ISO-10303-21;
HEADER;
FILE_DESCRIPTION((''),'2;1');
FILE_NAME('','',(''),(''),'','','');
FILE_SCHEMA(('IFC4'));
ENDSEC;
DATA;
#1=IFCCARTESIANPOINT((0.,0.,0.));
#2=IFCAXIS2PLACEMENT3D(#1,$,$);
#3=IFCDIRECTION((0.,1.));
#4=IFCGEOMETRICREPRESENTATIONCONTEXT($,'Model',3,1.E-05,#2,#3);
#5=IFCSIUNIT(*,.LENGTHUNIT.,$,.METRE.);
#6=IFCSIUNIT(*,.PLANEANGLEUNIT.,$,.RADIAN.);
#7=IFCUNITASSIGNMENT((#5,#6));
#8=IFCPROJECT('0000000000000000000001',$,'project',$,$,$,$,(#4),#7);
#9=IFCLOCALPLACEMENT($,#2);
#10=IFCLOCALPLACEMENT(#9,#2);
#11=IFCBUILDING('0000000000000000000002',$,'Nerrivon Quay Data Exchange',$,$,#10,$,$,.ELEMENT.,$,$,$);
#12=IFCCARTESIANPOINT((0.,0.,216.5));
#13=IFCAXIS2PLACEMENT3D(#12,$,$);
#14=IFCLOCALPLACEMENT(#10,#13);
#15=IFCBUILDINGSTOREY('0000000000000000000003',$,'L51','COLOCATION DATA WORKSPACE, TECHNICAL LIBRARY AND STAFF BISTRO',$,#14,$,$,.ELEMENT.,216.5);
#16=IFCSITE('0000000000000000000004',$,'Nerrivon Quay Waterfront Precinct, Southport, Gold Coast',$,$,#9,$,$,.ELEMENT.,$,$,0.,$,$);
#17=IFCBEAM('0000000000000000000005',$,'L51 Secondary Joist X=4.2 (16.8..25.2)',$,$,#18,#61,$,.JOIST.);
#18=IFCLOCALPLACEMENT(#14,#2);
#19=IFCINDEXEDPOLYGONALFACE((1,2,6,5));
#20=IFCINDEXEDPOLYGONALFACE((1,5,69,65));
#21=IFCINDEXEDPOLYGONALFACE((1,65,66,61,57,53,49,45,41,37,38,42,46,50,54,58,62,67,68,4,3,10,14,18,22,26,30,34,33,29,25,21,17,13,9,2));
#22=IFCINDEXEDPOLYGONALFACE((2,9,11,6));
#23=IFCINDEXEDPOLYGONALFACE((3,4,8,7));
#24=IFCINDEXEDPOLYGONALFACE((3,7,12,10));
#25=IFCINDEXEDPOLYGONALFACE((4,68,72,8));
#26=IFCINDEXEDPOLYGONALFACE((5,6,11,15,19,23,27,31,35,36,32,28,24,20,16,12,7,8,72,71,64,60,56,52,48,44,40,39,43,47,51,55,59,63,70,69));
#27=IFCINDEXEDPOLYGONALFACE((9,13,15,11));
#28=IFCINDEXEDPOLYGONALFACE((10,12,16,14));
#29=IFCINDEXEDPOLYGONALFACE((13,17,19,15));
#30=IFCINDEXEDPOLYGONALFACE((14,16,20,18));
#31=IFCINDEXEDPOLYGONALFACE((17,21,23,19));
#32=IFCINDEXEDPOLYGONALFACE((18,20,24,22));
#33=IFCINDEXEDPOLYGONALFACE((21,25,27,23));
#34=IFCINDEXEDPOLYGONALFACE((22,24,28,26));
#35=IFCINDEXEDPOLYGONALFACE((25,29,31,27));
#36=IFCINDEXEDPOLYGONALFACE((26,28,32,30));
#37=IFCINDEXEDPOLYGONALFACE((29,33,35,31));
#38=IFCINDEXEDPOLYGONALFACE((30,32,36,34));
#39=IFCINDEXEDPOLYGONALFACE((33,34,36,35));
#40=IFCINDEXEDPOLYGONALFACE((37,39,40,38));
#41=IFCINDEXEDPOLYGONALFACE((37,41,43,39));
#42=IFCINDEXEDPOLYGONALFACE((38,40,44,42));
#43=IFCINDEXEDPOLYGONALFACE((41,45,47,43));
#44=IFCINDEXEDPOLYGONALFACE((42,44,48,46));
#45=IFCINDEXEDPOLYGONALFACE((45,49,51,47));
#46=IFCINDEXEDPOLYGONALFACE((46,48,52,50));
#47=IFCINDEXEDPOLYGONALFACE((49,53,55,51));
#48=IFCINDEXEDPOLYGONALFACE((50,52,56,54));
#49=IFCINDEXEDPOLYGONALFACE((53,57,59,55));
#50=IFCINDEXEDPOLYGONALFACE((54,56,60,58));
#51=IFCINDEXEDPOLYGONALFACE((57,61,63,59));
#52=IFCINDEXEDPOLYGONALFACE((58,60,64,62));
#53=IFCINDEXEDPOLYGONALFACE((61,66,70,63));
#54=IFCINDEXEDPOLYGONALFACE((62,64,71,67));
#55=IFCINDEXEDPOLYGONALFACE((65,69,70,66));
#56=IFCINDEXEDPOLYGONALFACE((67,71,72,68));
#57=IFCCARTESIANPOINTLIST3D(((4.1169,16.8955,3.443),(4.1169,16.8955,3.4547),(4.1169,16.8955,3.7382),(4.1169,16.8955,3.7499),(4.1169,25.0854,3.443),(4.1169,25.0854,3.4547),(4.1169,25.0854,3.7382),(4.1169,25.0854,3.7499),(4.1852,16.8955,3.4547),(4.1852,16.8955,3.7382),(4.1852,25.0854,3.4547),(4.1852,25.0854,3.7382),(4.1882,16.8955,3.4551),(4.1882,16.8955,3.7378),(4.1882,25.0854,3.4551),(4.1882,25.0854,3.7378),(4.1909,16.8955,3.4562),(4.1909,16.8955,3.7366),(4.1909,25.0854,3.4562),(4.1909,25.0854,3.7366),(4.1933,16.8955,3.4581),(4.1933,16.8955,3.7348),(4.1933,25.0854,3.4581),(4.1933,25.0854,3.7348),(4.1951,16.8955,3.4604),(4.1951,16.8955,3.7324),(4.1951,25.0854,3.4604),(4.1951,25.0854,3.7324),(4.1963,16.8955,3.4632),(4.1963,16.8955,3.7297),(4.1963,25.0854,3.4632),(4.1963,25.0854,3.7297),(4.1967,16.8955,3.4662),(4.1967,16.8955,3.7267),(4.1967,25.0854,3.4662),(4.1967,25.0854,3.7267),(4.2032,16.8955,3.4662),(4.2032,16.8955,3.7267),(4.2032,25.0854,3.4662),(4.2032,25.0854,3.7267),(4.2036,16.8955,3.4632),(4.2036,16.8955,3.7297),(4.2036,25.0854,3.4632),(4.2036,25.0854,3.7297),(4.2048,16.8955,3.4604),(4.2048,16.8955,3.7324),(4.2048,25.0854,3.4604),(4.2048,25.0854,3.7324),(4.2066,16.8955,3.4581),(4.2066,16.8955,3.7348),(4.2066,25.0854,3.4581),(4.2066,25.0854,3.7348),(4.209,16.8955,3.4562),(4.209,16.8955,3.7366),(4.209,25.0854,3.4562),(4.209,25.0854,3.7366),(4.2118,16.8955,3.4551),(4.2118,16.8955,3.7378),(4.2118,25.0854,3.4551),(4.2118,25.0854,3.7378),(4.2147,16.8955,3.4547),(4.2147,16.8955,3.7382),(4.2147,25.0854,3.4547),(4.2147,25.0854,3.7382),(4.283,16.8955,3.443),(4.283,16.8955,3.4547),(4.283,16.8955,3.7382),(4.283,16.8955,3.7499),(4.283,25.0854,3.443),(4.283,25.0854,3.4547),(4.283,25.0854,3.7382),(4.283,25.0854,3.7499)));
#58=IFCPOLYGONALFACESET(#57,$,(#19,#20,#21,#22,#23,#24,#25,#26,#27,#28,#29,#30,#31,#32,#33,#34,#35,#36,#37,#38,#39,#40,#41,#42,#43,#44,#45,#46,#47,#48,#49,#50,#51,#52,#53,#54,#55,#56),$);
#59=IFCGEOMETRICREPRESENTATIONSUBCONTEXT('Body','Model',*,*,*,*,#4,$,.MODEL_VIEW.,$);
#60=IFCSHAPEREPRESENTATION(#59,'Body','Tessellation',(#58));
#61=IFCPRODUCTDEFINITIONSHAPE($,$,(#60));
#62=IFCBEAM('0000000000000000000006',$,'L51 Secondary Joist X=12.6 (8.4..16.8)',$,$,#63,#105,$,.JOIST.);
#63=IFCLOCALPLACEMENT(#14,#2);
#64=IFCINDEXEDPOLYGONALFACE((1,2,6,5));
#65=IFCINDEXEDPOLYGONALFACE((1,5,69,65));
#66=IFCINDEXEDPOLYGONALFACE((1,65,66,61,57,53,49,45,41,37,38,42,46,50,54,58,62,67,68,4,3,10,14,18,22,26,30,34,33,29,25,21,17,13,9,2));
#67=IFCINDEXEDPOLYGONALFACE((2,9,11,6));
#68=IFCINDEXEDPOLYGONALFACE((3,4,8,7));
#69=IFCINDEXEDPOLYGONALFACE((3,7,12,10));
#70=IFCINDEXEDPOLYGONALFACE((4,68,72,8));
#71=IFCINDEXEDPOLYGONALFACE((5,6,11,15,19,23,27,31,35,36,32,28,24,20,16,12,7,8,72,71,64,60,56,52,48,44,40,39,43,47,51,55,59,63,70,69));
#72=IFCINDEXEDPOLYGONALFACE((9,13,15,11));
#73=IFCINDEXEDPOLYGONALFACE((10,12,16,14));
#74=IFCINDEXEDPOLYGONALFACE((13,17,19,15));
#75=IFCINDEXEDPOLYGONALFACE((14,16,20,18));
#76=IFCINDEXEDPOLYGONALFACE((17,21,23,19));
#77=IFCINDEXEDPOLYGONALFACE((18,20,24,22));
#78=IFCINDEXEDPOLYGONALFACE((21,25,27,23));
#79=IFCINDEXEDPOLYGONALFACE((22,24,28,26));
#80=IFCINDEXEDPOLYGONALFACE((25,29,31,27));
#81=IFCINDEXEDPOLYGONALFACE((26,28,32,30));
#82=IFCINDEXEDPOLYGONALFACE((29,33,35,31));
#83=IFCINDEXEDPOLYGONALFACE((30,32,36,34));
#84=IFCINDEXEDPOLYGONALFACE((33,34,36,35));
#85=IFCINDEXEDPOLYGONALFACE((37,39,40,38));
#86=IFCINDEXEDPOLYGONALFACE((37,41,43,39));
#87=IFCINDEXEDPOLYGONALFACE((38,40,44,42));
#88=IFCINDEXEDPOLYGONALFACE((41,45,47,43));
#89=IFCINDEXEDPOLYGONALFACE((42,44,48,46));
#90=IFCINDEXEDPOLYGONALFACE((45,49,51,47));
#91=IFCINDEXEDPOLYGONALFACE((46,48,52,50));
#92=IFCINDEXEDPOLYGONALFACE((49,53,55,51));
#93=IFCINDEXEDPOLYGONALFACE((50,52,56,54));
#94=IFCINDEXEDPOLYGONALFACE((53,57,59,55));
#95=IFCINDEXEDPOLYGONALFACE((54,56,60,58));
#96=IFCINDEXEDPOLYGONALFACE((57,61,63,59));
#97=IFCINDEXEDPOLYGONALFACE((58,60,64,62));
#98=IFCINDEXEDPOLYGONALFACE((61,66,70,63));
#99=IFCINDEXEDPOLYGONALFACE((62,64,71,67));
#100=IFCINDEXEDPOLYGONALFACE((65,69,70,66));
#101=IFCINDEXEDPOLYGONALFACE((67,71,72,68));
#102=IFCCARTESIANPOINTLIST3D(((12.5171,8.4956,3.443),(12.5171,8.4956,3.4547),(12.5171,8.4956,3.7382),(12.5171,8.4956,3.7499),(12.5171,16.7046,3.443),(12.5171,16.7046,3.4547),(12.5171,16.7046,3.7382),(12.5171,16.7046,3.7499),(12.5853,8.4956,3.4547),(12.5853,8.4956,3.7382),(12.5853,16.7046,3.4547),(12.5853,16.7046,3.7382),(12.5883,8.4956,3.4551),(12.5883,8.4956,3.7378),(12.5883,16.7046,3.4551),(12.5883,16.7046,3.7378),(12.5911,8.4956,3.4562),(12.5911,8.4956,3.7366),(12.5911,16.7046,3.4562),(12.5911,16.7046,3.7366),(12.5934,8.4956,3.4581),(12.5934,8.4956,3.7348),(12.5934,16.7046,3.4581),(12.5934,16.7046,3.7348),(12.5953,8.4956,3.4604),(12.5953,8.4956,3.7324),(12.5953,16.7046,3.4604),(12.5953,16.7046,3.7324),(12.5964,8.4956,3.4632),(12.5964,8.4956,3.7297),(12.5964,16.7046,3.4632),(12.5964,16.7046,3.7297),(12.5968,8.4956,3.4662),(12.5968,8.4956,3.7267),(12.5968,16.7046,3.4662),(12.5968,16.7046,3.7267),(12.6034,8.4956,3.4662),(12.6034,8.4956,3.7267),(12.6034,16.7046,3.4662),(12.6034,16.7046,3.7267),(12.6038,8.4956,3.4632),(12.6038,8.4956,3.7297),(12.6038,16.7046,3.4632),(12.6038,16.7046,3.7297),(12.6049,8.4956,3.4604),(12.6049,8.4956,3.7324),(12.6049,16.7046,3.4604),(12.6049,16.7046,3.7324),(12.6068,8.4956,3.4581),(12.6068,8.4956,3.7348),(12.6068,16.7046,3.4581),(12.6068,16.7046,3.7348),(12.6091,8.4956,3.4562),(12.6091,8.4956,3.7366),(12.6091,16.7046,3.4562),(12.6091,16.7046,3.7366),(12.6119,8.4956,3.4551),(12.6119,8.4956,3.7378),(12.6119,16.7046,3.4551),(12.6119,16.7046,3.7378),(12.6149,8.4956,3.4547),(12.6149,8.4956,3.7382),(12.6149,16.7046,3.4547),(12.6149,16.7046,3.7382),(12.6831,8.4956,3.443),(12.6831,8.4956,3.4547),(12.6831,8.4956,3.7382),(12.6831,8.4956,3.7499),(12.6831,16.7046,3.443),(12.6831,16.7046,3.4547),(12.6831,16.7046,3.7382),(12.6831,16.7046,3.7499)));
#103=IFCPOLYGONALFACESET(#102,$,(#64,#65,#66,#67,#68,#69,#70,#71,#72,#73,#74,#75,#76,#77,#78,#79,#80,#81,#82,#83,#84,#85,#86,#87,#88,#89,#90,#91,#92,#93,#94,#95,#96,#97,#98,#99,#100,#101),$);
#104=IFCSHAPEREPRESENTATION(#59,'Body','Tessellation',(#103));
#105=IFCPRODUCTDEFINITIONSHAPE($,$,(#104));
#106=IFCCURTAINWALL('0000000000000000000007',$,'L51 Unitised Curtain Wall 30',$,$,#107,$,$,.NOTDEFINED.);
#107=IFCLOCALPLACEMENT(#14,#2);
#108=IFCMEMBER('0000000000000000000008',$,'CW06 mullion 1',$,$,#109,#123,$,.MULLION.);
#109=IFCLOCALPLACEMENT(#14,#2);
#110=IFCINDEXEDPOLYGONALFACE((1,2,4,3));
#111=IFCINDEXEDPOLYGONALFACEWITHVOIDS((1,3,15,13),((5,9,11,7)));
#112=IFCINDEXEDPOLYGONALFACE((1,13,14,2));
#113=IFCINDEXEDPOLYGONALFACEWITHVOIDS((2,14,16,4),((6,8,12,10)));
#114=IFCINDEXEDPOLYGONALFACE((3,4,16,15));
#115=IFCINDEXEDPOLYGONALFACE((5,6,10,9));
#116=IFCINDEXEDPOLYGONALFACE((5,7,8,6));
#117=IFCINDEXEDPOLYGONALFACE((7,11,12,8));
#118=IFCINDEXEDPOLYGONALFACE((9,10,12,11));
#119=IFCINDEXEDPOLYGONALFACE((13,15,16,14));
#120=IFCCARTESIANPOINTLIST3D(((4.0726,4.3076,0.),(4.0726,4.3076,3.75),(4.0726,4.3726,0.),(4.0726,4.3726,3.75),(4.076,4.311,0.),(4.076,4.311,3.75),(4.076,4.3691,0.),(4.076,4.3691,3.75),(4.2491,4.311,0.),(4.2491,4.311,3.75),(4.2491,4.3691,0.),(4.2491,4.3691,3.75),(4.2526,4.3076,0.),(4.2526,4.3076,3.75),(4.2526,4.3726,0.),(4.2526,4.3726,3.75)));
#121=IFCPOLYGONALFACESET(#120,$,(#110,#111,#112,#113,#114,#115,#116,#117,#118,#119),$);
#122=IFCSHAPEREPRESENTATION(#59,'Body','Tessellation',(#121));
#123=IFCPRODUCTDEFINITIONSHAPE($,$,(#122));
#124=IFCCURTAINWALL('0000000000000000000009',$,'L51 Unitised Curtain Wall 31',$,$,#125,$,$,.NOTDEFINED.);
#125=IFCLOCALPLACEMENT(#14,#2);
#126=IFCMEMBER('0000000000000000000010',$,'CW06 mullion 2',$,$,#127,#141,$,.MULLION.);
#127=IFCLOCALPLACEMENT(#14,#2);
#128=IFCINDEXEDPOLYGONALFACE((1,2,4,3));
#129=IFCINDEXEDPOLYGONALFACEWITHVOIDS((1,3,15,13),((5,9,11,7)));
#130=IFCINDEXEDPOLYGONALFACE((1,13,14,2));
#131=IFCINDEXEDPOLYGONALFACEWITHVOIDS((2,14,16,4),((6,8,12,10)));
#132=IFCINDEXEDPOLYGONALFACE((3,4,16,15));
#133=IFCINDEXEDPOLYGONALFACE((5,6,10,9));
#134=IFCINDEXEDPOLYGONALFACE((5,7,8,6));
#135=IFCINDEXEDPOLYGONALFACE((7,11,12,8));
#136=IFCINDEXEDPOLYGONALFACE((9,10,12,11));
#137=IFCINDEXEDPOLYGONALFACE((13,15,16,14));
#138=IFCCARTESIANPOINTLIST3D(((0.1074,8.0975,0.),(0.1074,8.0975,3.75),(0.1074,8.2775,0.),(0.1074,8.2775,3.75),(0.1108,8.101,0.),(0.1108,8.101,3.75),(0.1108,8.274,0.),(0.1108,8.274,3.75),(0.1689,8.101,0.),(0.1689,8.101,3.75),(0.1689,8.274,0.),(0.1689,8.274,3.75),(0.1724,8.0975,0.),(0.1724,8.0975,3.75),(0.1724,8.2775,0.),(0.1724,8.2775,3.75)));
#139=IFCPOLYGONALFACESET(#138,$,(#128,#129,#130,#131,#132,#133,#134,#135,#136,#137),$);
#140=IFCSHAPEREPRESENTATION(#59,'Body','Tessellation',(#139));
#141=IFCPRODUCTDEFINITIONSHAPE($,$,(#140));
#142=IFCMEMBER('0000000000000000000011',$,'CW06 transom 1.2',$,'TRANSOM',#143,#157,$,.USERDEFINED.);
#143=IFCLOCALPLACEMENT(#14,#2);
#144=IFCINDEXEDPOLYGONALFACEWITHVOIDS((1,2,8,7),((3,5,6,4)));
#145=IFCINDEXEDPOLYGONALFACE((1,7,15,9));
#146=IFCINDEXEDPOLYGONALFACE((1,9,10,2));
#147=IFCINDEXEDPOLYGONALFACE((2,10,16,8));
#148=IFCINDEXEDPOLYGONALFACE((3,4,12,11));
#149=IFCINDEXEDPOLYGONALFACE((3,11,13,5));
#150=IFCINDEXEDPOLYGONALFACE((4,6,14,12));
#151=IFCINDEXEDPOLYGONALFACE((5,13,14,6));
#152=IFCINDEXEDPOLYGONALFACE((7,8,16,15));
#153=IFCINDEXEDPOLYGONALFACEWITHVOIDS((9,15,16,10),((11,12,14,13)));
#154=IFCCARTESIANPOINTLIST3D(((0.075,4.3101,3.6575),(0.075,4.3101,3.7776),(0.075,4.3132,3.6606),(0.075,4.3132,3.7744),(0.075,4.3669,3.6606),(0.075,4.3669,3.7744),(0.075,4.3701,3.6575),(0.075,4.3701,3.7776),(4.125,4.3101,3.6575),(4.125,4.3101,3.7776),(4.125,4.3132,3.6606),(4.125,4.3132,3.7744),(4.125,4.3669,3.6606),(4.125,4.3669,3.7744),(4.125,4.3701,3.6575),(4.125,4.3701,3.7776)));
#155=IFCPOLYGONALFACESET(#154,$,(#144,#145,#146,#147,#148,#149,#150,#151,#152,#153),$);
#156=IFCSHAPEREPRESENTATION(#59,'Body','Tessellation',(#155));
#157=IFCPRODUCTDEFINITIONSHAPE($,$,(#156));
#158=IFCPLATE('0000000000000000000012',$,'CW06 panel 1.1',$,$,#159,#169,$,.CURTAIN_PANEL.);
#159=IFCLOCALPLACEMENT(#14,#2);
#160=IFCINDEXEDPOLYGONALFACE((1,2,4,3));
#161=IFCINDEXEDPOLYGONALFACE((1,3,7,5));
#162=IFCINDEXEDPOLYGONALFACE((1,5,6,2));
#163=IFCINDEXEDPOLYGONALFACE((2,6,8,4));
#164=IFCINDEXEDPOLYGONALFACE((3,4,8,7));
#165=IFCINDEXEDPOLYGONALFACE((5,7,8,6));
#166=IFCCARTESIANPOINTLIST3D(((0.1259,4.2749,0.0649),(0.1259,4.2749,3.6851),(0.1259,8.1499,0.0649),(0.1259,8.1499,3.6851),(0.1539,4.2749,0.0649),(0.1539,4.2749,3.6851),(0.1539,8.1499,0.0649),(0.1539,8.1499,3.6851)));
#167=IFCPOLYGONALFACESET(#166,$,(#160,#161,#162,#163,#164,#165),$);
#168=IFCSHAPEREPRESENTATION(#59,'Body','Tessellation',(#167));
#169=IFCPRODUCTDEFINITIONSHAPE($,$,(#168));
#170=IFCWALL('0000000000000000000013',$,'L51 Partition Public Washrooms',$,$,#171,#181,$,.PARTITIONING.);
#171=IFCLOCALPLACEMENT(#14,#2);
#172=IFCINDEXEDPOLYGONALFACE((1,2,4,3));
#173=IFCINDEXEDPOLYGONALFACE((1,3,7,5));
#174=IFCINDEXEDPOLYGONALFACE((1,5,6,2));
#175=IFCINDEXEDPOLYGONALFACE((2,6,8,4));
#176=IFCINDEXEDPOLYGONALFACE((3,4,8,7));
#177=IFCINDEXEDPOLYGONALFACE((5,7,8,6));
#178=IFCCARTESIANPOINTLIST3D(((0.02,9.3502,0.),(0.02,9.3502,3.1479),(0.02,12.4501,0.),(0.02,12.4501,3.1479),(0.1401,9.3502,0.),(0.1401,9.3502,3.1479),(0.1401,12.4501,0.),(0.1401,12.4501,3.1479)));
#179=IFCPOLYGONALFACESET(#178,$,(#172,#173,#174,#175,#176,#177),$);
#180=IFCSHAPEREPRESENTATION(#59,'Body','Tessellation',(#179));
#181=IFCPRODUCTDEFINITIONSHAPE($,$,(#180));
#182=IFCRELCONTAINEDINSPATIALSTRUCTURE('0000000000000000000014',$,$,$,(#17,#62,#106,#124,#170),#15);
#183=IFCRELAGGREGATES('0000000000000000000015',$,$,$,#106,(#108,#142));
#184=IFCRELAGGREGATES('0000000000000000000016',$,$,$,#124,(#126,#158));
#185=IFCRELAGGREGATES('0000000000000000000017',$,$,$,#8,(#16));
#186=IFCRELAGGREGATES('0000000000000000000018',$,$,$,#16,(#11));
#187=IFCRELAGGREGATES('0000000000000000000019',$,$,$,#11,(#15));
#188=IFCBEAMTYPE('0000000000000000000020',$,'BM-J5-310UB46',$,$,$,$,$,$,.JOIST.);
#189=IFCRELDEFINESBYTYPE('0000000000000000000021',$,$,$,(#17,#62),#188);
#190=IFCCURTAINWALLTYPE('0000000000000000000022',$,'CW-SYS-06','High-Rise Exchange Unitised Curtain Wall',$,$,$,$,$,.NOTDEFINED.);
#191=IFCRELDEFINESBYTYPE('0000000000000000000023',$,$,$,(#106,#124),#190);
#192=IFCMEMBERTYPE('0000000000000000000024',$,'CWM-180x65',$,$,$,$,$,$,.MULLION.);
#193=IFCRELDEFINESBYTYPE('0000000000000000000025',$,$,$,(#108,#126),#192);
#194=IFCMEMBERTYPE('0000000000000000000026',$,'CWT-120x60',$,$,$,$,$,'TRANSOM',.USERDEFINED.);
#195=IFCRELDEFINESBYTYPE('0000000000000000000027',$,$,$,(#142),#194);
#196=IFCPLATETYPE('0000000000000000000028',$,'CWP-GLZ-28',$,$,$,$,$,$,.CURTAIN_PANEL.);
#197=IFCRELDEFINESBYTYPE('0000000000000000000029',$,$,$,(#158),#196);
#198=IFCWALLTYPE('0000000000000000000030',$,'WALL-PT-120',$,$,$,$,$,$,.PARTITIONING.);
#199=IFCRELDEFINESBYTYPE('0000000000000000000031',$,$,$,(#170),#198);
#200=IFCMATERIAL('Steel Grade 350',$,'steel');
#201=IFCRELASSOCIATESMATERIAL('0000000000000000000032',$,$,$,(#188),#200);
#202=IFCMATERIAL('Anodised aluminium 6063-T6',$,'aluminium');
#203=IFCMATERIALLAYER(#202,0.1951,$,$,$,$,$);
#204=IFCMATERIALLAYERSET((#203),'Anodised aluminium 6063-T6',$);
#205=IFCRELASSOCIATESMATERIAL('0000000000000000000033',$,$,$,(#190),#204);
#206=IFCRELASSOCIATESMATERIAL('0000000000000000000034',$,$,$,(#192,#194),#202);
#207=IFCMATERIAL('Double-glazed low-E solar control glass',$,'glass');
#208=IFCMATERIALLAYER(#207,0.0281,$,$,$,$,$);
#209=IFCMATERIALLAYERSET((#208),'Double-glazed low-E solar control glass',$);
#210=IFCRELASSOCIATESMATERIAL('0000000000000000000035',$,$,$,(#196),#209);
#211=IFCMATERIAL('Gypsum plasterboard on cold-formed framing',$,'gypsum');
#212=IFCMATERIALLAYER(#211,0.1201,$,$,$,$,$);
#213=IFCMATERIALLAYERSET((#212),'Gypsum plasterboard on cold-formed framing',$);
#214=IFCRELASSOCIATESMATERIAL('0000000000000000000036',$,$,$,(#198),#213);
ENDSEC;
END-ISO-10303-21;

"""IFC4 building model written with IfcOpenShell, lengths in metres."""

from ifc_helpers import new_model, si_unit, direction, frame, frame_2d, origin, origin_2d, place, context, subcontext, project, spatial, rectangle, hollow_rectangle, i_section, extrude, material, layer, layer_set, material_profile, profile_set, type_object, element, aggregate, save


model = new_model("IFC4")

# Units and contexts
model_context = context("Model", 3, precision=1e-05, world=origin(), true_north=direction((0.0, 1.0)))
body_context = subcontext(model_context, "Body", "Model", "MODEL_VIEW")
ifc_project = project(units=[si_unit("LENGTHUNIT", "METRE"), si_unit("PLANEANGLEUNIT", "RADIAN")], contexts=[model_context])

# Site, building, storey
site_placement = place(None, origin())
site = spatial("IfcSite", under=ifc_project, at=site_placement, Name="Nerrivon Quay Waterfront Precinct, Southport, Gold Coast", CompositionType="ELEMENT", RefElevation=0.0)
building_placement = place(site_placement, origin())
building = spatial("IfcBuilding", under=site, at=building_placement, Name="Nerrivon Quay Data Exchange", CompositionType="ELEMENT")
storey_placement = place(building_placement, frame((0.0, 0.0, 216.5)))
storey = spatial("IfcBuildingStorey", under=building, at=storey_placement, Name="L51", Description="COLOCATION DATA WORKSPACE, TECHNICAL LIBRARY AND STAFF BISTRO", CompositionType="ELEMENT", Elevation=216.5)

# Shared definitions
ifc_material_1 = material(Name="Steel Grade 350", Category="steel")

# Beams
ifc_material_profile_1 = material_profile(ifc_material_1, i_section(OverallWidth=0.166, OverallDepth=0.3069, WebThickness=0.0066, FlangeThickness=0.0117, FilletRadius=0.0115, at=origin_2d()), Name="310UB46.2")
ifc_profile_set_1 = profile_set([ifc_material_profile_1], Name="Steel Grade 350")
beam_type_1 = type_object("IfcBeamType", Name="BM-J5-310UB46", PredefinedType="JOIST", material=ifc_profile_set_1)
beam_1_placement = place(storey_placement, frame((4.2, 16.8955, 3.5964), z_axis=(0.0, 1.0, 0.0), x_axis=(-1.0, 0.0, 0.0)))
element("IfcBeam", 1, at=beam_1_placement, inside=storey, type_object=beam_type_1, Name="L51 Secondary Joist X=4.2 (16.8..25.2)", PredefinedType="JOIST", context=body_context, shape_type="SweptSolid", body=[
    extrude(i_section(OverallWidth=0.166, OverallDepth=0.3069, WebThickness=0.0066, FlangeThickness=0.0117, FilletRadius=0.0115, at=origin_2d()), origin(), (0.0, 0.0, 1.0), 8.1899),
])
beam_2_placement = place(storey_placement, frame((12.6001, 8.4956, 3.5964), z_axis=(0.0, 1.0, 0.0), x_axis=(-1.0, 0.0, 0.0)))
element("IfcBeam", 2, at=beam_2_placement, inside=storey, type_object=beam_type_1, Name="L51 Secondary Joist X=12.6 (8.4..16.8)", PredefinedType="JOIST", context=body_context, shape_type="SweptSolid", body=[
    extrude(i_section(OverallWidth=0.166, OverallDepth=0.3069, WebThickness=0.0066, FlangeThickness=0.0117, FilletRadius=0.0115, at=origin_2d()), origin(), (0.0, 0.0, 1.0), 8.209),
])

# Curtain walls, members
ifc_material_2 = material(Name="Anodised aluminium 6063-T6", Category="aluminium")
ifc_layer_1 = layer(ifc_material_2, 0.1951)
ifc_layer_set_1 = layer_set([ifc_layer_1], Name="Anodised aluminium 6063-T6")
curtain_wall_type = type_object("IfcCurtainWallType", Name="CW-SYS-06", Description="High-Rise Exchange Unitised Curtain Wall", PredefinedType="NOTDEFINED", material=ifc_layer_set_1)
curtain_wall_1_placement = place(storey_placement, origin())
curtain_wall_1 = element("IfcCurtainWall", 3, at=curtain_wall_1_placement, inside=storey, type_object=curtain_wall_type, Name="L51 Unitised Curtain Wall 30", PredefinedType="NOTDEFINED")
ifc_material_profile_2 = material_profile(ifc_material_2, hollow_rectangle(XDim=0.0649, YDim=0.1799, WallThickness=0.0034, at=origin_2d()), Name="ALU-MULL-180x65")
ifc_profile_set_2 = profile_set([ifc_material_profile_2], Name="Anodised aluminium 6063-T6")
member_type_1 = type_object("IfcMemberType", Name="CWM-180x65", PredefinedType="MULLION", material=ifc_profile_set_2)
member_1_placement = place(storey_placement, frame((4.1626, 4.3401, 0.0), z_axis=(0.0, 0.0, 1.0), x_axis=(0.0, -1.0, 0.0)))
member_1 = element("IfcMember", 4, at=member_1_placement, type_object=member_type_1, Name="CW06 mullion 1", PredefinedType="MULLION", context=body_context, shape_type="SweptSolid", body=[
    extrude(hollow_rectangle(XDim=0.0649, YDim=0.1799, WallThickness=0.0034, at=origin_2d()), origin(), (0.0, 0.0, 1.0), 3.75),
])
curtain_wall_2_placement = place(storey_placement, origin())
curtain_wall_2 = element("IfcCurtainWall", 5, at=curtain_wall_2_placement, inside=storey, type_object=curtain_wall_type, Name="L51 Unitised Curtain Wall 31", PredefinedType="NOTDEFINED")
member_2_placement = place(storey_placement, frame((0.1399, 8.1875, 0.0), z_axis=(0.0, 0.0, 1.0), x_axis=(-1.0, 0.0, 0.0)))
member_2 = element("IfcMember", 6, at=member_2_placement, type_object=member_type_1, Name="CW06 mullion 2", PredefinedType="MULLION", context=body_context, shape_type="SweptSolid", body=[
    extrude(hollow_rectangle(XDim=0.0649, YDim=0.1799, WallThickness=0.0034, at=origin_2d()), origin(), (0.0, 0.0, 1.0), 3.75),
])

# Member
ifc_material_profile_3 = material_profile(ifc_material_2, hollow_rectangle(XDim=0.0601, YDim=0.1201, WallThickness=0.0032, at=origin_2d()), Name="ALU-TRAN-120x60")
ifc_profile_set_3 = profile_set([ifc_material_profile_3], Name="Anodised aluminium 6063-T6")
member_type_2 = type_object("IfcMemberType", Name="CWT-120x60", ElementType="TRANSOM", PredefinedType="USERDEFINED", material=ifc_profile_set_3)
member_3_placement = place(storey_placement, frame((4.125, 4.3401, 3.7175), z_axis=(-1.0, 0.0, 0.0), x_axis=(0.0, -1.0, 0.0)))
member_3 = element("IfcMember", 7, at=member_3_placement, type_object=member_type_2, Name="CW06 transom 1.2", ObjectType="TRANSOM", PredefinedType="USERDEFINED", context=body_context, shape_type="SweptSolid", body=[
    extrude(hollow_rectangle(XDim=0.0601, YDim=0.1201, WallThickness=0.0032, at=origin_2d()), origin(), (0.0, 0.0, 1.0), 4.05),
])
aggregate(curtain_wall_1, [member_1, member_3])

# Plate
ifc_material_3 = material(Name="Double-glazed low-E solar control glass", Category="glass")
ifc_layer_2 = layer(ifc_material_3, 0.0281)
ifc_layer_set_2 = layer_set([ifc_layer_2], Name="Double-glazed low-E solar control glass")
plate_type = type_object("IfcPlateType", Name="CWP-GLZ-28", PredefinedType="CURTAIN_PANEL", material=ifc_layer_set_2)
plate_placement = place(storey_placement, frame((0.1399, 6.2124, 0.0649), z_axis=(0.0, 0.0, 1.0), x_axis=(0.0, 1.0, 0.0)))
plate = element("IfcPlate", 8, at=plate_placement, type_object=plate_type, Name="CW06 panel 1.1", PredefinedType="CURTAIN_PANEL", context=body_context, shape_type="SweptSolid", body=[
    extrude(rectangle(XDim=3.875, YDim=0.0281, at=origin_2d()), origin(), (0.0, 0.0, 1.0), 3.6201),
])
aggregate(curtain_wall_2, [member_2, plate])

# Wall
ifc_material_4 = material(Name="Gypsum plasterboard on cold-formed framing", Category="gypsum")
ifc_layer_3 = layer(ifc_material_4, 0.1201)
ifc_layer_set_3 = layer_set([ifc_layer_3], Name="Gypsum plasterboard on cold-formed framing")
wall_type_1 = type_object("IfcWallType", Name="WALL-PT-120", PredefinedType="PARTITIONING", material=ifc_layer_set_3)
wall_1_placement = place(storey_placement, frame((0.0801, 12.45, 0.0), z_axis=(0.0, 0.0, 1.0), x_axis=(0.0, -1.0, 0.0)))
element("IfcWall", 9, at=wall_1_placement, inside=storey, type_object=wall_type_1, Name="L51 Partition Public Washrooms", PredefinedType="PARTITIONING", context=body_context, shape_type="SweptSolid", body=[
    extrude(rectangle(XDim=3.0999, YDim=0.1201, at=frame_2d((1.5498, 0.0))), origin(), (0.0, 0.0, 1.0), 3.1479),
])

save(model, "model.ifc")
